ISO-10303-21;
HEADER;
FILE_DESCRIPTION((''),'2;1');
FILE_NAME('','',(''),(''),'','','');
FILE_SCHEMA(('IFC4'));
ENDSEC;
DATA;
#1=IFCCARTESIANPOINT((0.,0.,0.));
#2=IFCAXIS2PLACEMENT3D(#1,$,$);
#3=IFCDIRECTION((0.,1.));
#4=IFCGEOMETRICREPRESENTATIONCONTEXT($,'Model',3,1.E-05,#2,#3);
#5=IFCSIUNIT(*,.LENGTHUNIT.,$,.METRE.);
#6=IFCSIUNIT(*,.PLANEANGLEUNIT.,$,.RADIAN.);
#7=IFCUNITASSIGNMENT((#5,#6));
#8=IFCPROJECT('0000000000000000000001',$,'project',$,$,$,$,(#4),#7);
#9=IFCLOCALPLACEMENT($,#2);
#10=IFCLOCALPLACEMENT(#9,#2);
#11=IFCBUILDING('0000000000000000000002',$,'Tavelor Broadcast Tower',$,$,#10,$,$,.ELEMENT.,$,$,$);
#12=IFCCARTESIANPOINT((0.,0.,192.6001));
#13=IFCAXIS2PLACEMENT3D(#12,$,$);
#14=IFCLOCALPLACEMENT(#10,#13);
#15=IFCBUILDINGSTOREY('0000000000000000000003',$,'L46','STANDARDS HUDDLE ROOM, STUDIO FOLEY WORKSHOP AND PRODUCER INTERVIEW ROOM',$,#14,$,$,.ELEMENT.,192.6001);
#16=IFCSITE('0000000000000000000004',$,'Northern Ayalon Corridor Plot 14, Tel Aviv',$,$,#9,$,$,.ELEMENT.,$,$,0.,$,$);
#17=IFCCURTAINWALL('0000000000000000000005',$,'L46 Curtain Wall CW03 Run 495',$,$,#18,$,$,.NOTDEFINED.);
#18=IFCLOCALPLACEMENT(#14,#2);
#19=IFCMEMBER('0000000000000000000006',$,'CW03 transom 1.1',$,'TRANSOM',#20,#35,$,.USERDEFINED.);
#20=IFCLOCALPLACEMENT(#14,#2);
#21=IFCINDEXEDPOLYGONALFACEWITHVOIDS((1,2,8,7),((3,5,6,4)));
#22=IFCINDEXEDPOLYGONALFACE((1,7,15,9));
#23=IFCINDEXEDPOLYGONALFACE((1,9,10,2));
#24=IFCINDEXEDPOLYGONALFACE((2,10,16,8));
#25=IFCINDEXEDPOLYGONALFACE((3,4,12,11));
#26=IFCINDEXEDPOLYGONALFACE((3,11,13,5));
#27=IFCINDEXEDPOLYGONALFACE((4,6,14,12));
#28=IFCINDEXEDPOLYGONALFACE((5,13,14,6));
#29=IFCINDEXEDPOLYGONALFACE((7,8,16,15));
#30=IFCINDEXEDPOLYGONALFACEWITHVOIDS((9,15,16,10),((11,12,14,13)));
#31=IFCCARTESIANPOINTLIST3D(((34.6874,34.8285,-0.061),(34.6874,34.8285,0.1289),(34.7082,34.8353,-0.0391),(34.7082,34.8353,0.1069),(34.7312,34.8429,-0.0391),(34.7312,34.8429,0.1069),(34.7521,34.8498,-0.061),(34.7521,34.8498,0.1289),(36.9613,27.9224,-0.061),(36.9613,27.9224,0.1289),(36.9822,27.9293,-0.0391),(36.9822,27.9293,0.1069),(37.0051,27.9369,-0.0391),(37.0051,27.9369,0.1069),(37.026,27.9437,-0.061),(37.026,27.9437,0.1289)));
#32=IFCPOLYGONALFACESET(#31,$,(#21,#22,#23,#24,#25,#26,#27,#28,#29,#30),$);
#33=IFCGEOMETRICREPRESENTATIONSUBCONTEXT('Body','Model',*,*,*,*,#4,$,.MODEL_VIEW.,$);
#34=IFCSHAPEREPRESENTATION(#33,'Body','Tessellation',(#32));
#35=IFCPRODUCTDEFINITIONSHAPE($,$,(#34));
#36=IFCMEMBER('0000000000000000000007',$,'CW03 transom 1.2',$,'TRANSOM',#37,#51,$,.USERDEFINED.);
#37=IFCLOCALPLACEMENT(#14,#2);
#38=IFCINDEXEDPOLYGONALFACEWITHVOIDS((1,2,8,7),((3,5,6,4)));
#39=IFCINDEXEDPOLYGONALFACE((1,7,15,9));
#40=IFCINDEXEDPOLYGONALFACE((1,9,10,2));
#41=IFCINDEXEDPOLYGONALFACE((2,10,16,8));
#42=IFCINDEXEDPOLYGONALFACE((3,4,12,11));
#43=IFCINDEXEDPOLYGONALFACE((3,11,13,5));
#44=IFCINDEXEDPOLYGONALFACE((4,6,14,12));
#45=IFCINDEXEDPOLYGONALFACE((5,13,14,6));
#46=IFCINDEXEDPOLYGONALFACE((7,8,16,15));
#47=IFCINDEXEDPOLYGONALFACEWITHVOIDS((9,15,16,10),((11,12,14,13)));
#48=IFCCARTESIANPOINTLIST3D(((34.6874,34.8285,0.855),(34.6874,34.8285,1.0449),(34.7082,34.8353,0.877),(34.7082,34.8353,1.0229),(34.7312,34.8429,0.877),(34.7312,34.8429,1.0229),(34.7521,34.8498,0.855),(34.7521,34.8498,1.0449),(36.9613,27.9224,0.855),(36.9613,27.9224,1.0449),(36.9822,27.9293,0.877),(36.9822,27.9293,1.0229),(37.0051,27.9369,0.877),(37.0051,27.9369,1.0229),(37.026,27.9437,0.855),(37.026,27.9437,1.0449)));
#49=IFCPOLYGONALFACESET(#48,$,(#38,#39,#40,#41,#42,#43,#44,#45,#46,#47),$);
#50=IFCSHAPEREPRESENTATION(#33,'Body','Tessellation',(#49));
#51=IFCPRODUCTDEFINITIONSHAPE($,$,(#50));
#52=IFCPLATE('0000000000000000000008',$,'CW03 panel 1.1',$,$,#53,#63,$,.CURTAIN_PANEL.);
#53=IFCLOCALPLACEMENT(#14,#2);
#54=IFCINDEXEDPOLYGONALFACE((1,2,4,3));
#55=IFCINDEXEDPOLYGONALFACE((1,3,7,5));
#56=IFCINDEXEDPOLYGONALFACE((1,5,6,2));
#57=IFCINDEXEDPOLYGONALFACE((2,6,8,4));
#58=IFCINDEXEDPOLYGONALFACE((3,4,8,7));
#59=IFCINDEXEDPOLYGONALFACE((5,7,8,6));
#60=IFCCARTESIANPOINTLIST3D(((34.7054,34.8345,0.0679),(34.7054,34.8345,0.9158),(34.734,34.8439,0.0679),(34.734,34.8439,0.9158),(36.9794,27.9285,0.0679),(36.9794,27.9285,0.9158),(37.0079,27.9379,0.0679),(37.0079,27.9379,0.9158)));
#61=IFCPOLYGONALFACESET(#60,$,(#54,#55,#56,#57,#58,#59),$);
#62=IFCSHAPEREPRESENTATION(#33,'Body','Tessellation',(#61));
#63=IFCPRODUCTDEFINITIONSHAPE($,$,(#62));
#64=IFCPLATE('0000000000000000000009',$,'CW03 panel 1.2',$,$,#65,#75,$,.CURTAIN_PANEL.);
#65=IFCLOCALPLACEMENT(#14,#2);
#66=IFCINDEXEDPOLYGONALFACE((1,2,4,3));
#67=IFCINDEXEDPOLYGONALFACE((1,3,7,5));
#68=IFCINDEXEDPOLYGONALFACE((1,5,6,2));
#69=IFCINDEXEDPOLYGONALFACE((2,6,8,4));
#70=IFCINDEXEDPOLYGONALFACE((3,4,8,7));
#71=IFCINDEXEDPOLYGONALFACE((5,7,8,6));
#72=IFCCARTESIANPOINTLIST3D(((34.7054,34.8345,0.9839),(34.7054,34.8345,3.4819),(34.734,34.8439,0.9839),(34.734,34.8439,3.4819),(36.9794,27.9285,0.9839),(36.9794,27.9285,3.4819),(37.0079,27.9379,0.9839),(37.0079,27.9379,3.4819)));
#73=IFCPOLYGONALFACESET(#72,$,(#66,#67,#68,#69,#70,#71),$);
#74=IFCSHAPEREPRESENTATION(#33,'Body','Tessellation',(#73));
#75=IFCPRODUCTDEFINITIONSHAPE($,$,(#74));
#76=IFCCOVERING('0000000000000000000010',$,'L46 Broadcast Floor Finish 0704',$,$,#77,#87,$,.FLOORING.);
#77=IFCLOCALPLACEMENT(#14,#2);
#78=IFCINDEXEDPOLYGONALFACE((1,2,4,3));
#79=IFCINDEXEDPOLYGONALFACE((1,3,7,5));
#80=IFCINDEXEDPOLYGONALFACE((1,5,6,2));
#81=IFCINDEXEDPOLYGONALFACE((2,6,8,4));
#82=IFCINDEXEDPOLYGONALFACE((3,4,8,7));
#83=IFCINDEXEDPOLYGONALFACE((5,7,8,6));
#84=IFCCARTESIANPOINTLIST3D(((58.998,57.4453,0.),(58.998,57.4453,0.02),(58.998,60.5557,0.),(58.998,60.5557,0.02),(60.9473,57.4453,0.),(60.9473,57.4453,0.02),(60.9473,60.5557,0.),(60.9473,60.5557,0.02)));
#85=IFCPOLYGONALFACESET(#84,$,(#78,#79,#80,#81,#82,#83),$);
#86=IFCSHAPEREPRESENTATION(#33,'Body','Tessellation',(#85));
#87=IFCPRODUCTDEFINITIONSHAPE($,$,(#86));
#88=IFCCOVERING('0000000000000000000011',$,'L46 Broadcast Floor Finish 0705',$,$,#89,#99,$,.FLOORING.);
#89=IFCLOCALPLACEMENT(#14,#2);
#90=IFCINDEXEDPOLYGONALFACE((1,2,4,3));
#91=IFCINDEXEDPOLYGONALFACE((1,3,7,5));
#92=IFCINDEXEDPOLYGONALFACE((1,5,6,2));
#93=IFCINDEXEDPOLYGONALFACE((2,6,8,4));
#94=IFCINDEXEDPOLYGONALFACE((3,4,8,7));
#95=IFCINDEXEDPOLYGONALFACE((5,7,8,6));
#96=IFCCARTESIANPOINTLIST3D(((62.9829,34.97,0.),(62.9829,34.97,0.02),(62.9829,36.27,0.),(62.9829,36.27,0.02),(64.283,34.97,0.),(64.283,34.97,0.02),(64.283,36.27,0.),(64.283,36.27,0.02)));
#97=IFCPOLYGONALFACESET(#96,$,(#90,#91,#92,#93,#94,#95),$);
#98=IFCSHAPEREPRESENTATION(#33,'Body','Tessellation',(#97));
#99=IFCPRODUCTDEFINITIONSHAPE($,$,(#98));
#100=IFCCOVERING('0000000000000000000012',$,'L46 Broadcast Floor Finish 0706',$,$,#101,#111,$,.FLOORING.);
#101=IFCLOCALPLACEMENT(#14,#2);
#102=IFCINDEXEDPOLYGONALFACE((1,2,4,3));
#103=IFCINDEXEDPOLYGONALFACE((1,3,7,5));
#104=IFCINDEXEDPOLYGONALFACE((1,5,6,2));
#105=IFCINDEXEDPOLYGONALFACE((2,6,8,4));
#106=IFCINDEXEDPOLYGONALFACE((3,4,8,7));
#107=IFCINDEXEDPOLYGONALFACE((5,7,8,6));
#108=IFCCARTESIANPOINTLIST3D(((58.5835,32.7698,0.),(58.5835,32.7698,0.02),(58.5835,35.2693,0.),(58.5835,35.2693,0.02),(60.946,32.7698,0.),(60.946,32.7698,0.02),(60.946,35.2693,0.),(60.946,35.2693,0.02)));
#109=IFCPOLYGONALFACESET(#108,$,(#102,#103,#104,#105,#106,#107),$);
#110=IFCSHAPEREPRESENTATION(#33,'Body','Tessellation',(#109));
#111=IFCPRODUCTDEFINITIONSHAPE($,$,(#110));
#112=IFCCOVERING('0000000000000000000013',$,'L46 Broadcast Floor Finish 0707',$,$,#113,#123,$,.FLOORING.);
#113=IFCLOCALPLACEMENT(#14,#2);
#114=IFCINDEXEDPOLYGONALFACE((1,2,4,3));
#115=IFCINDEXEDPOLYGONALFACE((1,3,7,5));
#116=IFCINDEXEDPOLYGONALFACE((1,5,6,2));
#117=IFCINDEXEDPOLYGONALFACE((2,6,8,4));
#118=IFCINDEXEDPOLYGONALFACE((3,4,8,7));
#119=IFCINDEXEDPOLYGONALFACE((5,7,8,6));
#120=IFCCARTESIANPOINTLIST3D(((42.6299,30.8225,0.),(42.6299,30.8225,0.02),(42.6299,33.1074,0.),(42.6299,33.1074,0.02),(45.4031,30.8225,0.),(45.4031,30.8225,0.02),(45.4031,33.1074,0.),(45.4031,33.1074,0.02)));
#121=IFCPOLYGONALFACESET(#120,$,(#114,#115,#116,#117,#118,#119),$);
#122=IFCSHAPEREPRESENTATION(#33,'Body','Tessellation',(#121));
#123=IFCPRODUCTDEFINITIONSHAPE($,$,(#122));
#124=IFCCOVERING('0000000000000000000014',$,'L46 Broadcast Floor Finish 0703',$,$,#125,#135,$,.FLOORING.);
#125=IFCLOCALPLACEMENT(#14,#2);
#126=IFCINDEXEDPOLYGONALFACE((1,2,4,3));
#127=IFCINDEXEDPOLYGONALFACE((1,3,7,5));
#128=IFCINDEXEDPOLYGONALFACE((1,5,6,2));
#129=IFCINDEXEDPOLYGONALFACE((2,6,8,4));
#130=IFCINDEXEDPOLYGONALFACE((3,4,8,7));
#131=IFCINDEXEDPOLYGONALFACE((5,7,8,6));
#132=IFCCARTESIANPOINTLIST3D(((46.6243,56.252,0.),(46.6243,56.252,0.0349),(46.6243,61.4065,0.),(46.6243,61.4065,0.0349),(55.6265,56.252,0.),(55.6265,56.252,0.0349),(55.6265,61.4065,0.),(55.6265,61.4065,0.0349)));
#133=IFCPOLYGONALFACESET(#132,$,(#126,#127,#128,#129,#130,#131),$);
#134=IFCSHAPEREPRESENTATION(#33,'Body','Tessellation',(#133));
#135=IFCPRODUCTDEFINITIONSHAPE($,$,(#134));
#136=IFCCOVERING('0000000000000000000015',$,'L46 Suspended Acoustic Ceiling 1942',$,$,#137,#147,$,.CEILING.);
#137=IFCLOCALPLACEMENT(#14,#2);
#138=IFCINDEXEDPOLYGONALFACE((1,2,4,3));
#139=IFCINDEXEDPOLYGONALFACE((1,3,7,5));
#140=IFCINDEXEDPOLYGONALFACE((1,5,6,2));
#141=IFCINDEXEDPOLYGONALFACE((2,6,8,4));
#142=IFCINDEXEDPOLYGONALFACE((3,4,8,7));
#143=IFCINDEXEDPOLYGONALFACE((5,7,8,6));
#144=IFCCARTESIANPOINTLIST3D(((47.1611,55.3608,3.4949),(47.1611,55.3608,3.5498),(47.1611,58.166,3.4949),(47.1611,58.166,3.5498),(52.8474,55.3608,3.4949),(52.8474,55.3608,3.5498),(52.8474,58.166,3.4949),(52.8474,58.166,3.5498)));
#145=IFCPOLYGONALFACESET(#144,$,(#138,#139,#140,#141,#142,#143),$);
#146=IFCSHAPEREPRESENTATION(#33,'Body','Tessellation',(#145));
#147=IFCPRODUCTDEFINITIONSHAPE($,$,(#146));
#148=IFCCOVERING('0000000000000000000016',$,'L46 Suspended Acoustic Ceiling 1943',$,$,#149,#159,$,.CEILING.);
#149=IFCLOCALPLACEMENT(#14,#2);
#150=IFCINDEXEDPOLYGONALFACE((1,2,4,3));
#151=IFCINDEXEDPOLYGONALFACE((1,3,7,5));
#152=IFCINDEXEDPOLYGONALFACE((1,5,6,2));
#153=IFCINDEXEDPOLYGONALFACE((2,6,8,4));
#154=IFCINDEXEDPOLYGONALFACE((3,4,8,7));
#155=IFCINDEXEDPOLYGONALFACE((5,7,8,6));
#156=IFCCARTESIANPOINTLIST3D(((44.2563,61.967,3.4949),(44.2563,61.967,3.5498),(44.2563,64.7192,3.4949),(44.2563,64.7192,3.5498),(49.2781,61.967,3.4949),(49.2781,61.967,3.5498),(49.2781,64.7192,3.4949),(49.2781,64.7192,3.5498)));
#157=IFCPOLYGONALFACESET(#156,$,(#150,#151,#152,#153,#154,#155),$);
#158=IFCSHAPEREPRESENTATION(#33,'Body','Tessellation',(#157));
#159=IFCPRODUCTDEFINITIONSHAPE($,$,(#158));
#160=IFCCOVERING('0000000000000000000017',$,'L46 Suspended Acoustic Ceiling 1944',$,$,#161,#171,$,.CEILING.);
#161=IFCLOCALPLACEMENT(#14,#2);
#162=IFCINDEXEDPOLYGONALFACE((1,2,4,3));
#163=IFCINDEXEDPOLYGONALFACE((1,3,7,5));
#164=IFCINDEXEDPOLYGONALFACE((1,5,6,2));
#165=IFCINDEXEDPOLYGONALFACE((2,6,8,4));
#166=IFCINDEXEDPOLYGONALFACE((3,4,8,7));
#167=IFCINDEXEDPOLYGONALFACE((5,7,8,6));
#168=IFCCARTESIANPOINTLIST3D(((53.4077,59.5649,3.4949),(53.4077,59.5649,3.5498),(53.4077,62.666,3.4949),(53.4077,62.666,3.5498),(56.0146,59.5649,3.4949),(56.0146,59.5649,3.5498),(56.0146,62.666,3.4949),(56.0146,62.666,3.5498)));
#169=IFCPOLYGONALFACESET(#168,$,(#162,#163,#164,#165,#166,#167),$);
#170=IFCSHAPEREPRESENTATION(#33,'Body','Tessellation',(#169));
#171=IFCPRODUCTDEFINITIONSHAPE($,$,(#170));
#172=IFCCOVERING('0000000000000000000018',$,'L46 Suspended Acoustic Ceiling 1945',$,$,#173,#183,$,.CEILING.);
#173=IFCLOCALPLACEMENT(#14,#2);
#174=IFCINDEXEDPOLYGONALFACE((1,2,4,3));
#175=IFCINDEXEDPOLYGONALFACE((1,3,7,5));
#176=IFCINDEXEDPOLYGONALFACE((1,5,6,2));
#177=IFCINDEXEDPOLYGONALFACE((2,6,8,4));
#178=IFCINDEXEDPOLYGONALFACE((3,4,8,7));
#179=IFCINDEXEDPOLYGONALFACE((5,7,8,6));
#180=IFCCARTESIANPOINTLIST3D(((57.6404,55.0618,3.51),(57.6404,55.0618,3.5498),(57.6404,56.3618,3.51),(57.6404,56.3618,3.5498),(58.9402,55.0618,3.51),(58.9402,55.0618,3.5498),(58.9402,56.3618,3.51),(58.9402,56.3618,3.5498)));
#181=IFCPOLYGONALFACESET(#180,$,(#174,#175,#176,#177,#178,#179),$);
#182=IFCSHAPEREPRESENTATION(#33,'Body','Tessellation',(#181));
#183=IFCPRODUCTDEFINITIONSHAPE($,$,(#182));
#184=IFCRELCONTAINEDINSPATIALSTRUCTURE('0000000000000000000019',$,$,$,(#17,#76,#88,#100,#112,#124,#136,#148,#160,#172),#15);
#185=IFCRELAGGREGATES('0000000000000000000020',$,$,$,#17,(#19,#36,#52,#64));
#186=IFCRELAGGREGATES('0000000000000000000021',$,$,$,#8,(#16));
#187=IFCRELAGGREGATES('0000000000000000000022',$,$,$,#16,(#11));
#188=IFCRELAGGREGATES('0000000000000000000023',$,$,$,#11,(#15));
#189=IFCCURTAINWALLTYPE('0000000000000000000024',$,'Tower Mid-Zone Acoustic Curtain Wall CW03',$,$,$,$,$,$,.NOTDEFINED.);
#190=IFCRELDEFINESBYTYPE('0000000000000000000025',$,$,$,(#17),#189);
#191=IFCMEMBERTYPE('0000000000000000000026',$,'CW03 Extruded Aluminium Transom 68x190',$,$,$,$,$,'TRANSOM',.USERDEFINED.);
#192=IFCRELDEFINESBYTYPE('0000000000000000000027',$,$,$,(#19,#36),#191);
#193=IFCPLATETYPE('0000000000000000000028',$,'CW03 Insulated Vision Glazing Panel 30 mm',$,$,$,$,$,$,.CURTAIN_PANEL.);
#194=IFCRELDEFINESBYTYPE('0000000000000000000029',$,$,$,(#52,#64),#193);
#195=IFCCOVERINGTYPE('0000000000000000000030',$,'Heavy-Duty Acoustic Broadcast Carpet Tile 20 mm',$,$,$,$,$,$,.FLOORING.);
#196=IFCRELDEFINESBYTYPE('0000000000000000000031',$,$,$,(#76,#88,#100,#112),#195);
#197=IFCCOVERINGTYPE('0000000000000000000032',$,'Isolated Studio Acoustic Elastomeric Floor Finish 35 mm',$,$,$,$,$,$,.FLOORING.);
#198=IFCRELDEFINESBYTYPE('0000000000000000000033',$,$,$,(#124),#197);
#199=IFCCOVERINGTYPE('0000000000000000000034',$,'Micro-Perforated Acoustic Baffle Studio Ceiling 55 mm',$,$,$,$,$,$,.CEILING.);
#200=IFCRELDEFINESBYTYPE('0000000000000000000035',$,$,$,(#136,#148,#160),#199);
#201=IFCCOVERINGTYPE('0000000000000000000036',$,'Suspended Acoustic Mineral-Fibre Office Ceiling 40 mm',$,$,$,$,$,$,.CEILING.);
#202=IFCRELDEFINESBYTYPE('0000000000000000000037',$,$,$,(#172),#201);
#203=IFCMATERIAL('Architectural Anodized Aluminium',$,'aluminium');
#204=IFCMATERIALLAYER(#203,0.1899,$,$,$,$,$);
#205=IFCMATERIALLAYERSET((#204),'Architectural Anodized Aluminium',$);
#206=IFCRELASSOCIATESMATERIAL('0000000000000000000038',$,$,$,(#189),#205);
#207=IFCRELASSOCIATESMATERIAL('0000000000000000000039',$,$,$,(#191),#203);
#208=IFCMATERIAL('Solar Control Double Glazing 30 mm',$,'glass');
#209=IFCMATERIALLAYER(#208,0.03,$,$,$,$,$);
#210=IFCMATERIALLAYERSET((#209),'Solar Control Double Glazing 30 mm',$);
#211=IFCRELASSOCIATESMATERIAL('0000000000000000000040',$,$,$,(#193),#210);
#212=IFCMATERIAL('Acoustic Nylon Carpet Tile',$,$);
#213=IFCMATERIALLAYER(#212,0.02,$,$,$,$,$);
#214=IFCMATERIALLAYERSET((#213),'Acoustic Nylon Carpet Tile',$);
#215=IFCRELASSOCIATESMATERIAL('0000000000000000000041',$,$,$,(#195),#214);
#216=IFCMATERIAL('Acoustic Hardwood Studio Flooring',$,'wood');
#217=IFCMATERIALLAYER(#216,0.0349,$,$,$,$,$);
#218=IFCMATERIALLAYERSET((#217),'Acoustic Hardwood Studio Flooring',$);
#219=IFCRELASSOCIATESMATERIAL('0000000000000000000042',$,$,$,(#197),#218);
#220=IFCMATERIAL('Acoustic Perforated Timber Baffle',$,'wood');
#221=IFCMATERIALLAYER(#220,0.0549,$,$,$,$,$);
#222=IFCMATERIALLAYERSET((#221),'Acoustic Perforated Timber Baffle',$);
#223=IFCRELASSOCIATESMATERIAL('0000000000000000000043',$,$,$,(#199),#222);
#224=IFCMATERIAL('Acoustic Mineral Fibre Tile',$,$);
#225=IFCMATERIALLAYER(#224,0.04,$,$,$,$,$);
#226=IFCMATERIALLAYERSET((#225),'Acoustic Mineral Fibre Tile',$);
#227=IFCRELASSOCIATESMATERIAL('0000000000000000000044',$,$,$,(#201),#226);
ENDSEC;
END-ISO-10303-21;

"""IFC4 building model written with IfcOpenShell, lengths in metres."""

from ifc_helpers import new_model, si_unit, direction, frame, origin, origin_2d, place, context, subcontext, project, spatial, polyline, rectangle, hollow_rectangle, outline, extrude, source, transform, mapped, material, layer, layer_set, material_profile, profile_set, type_object, type_shapes, element, aggregate, save


model = new_model("IFC4")

# Units and contexts
model_context = context("Model", 3, precision=1e-05, world=origin(), true_north=direction((0.0, 1.0)))
body_context = subcontext(model_context, "Body", "Model", "MODEL_VIEW")
ifc_project = project(units=[si_unit("LENGTHUNIT", "METRE"), si_unit("PLANEANGLEUNIT", "RADIAN")], contexts=[model_context])

# Site, building, storey
site_placement = place(None, origin())
site = spatial("IfcSite", under=ifc_project, at=site_placement, Name="Northern Ayalon Corridor Plot 14, Tel Aviv", CompositionType="ELEMENT", RefElevation=0.0)
building_placement = place(site_placement, origin())
building = spatial("IfcBuilding", under=site, at=building_placement, Name="Tavelor Broadcast Tower", CompositionType="ELEMENT")
storey_placement = place(building_placement, frame((0.0, 0.0, 192.6001)))
storey = spatial("IfcBuildingStorey", under=building, at=storey_placement, Name="L46", Description="STANDARDS HUDDLE ROOM, STUDIO FOLEY WORKSHOP AND PRODUCER INTERVIEW ROOM", CompositionType="ELEMENT", Elevation=192.6001)

# Curtain wall, members, plates
ifc_material_1 = material(Name="Architectural Anodized Aluminium", Category="aluminium")
ifc_layer_1 = layer(ifc_material_1, 0.1899)
ifc_layer_set_1 = layer_set([ifc_layer_1], Name="Architectural Anodized Aluminium")
curtain_wall_type = type_object("IfcCurtainWallType", Name="Tower Mid-Zone Acoustic Curtain Wall CW03", PredefinedType="NOTDEFINED", material=ifc_layer_set_1)
curtain_wall_placement = place(storey_placement, origin())
curtain_wall = element("IfcCurtainWall", 1, at=curtain_wall_placement, inside=storey, type_object=curtain_wall_type, Name="L46 Curtain Wall CW03 Run 495", PredefinedType="NOTDEFINED")
ifc_material_profile = material_profile(ifc_material_1, hollow_rectangle(XDim=0.0681, YDim=0.1899, WallThickness=0.022, at=origin_2d()), Name="RHS 68x190x22")
ifc_profile_set = profile_set([ifc_material_profile], Name="Architectural Anodized Aluminium")
member_type = type_object("IfcMemberType", Name="CW03 Extruded Aluminium Transom 68x190", ElementType="TRANSOM", PredefinedType="USERDEFINED", material=ifc_profile_set)
shared_shape_1 = source(origin(), body_context, "Body", "SweptSolid", [
    extrude(hollow_rectangle(XDim=0.0681, YDim=0.1899, WallThickness=0.022, at=origin_2d()), origin(), (0.0, 0.0, 1.0), 7.2708),
])
type_shapes(member_type, [shared_shape_1])
member_1_placement = place(storey_placement, frame((34.7197, 34.8391, 0.0339), z_axis=(0.31275, -0.949835, 0.0), x_axis=(0.949835, 0.31275, 0.0)))
member_1 = element("IfcMember", 2, at=member_1_placement, type_object=member_type, Name="CW03 transom 1.1", ObjectType="TRANSOM", PredefinedType="USERDEFINED", context=body_context, shape_type="MappedRepresentation", body=[
    mapped(shared_shape_1, transform((0.0, 0.0, 0.0), scale=1.0)),
])
member_2_placement = place(storey_placement, frame((34.7197, 34.8391, 0.95), z_axis=(0.31275, -0.949835, 0.0), x_axis=(0.949835, 0.31275, 0.0)))
member_2 = element("IfcMember", 3, at=member_2_placement, type_object=member_type, Name="CW03 transom 1.2", ObjectType="TRANSOM", PredefinedType="USERDEFINED", context=body_context, shape_type="MappedRepresentation", body=[
    mapped(shared_shape_1, transform((0.0, 0.0, 0.0), scale=1.0)),
])
ifc_material_2 = material(Name="Solar Control Double Glazing 30 mm", Category="glass")
ifc_layer_2 = layer(ifc_material_2, 0.03)
ifc_layer_set_2 = layer_set([ifc_layer_2], Name="Solar Control Double Glazing 30 mm")
plate_type = type_object("IfcPlateType", Name="CW03 Insulated Vision Glazing Panel 30 mm", PredefinedType="CURTAIN_PANEL", material=ifc_layer_set_2)
shared_shape_2 = source(origin(), body_context, "Body", "SweptSolid", [
    extrude(rectangle(XDim=7.2708, YDim=0.03, at=origin_2d()), origin(), (0.0, 0.0, 1.0), 0.8479),
])
plate_1_placement = place(storey_placement, frame((35.8567, 31.3862, 0.0679), z_axis=(0.0, 0.0, 1.0), x_axis=(0.312759, -0.949833, 0.0)))
plate_1 = element("IfcPlate", 4, at=plate_1_placement, type_object=plate_type, Name="CW03 panel 1.1", PredefinedType="CURTAIN_PANEL", context=body_context, shape_type="MappedRepresentation", body=[
    mapped(shared_shape_2, transform((0.0, 0.0, 0.0), scale=1.0)),
])
shared_shape_3 = source(origin(), body_context, "Body", "SweptSolid", [
    extrude(rectangle(XDim=7.2708, YDim=0.03, at=origin_2d()), origin(), (0.0, 0.0, 1.0), 2.498),
])
type_shapes(plate_type, [shared_shape_2, shared_shape_3])
plate_2_placement = place(storey_placement, frame((35.8567, 31.3862, 0.9839), z_axis=(0.0, 0.0, 1.0), x_axis=(0.312759, -0.949833, 0.0)))
plate_2 = element("IfcPlate", 5, at=plate_2_placement, type_object=plate_type, Name="CW03 panel 1.2", PredefinedType="CURTAIN_PANEL", context=body_context, shape_type="MappedRepresentation", body=[
    mapped(shared_shape_3, transform((0.0, 0.0, 0.0), scale=1.0)),
])
aggregate(curtain_wall, [member_1, member_2, plate_1, plate_2])

# Coverings
ifc_material_3 = material(Name="Acoustic Nylon Carpet Tile")
ifc_layer_3 = layer(ifc_material_3, 0.02)
ifc_layer_set_3 = layer_set([ifc_layer_3], Name="Acoustic Nylon Carpet Tile")
covering_type_1 = type_object("IfcCoveringType", Name="Heavy-Duty Acoustic Broadcast Carpet Tile 20 mm", PredefinedType="FLOORING", material=ifc_layer_set_3)
covering_1_placement = place(storey_placement, origin())
element("IfcCovering", 6, at=covering_1_placement, inside=storey, type_object=covering_type_1, Name="L46 Broadcast Floor Finish 0704", PredefinedType="FLOORING", context=body_context, shape_type="SweptSolid", body=[
    extrude(outline(polyline([(58.998, 57.4453), (60.9473, 57.4453), (60.9473, 60.5557), (58.998, 60.5557), (58.998, 57.4453)])), origin(), (0.0, 0.0, 1.0), 0.02),
])
covering_2_placement = place(storey_placement, origin())
element("IfcCovering", 7, at=covering_2_placement, inside=storey, type_object=covering_type_1, Name="L46 Broadcast Floor Finish 0705", PredefinedType="FLOORING", context=body_context, shape_type="SweptSolid", body=[
    extrude(outline(polyline([(62.9829, 34.97), (64.283, 34.97), (64.283, 36.27), (62.9829, 36.27), (62.9829, 34.97)])), origin(), (0.0, 0.0, 1.0), 0.02),
])
covering_3_placement = place(storey_placement, origin())
element("IfcCovering", 8, at=covering_3_placement, inside=storey, type_object=covering_type_1, Name="L46 Broadcast Floor Finish 0706", PredefinedType="FLOORING", context=body_context, shape_type="SweptSolid", body=[
    extrude(outline(polyline([(58.5835, 32.7698), (60.946, 32.7698), (60.946, 35.2693), (58.5835, 35.2693), (58.5835, 32.7698)])), origin(), (0.0, 0.0, 1.0), 0.02),
])
covering_4_placement = place(storey_placement, origin())
element("IfcCovering", 9, at=covering_4_placement, inside=storey, type_object=covering_type_1, Name="L46 Broadcast Floor Finish 0707", PredefinedType="FLOORING", context=body_context, shape_type="SweptSolid", body=[
    extrude(outline(polyline([(42.6299, 30.8225), (45.4031, 30.8225), (45.4031, 33.1074), (42.6299, 33.1074), (42.6299, 30.8225)])), origin(), (0.0, 0.0, 1.0), 0.02),
])
ifc_material_4 = material(Name="Acoustic Hardwood Studio Flooring", Category="wood")
ifc_layer_4 = layer(ifc_material_4, 0.0349)
ifc_layer_set_4 = layer_set([ifc_layer_4], Name="Acoustic Hardwood Studio Flooring")
covering_type_2 = type_object("IfcCoveringType", Name="Isolated Studio Acoustic Elastomeric Floor Finish 35 mm", PredefinedType="FLOORING", material=ifc_layer_set_4)
covering_5_placement = place(storey_placement, origin())
element("IfcCovering", 10, at=covering_5_placement, inside=storey, type_object=covering_type_2, Name="L46 Broadcast Floor Finish 0703", PredefinedType="FLOORING", context=body_context, shape_type="SweptSolid", body=[
    extrude(outline(polyline([(46.6243, 56.252), (55.6265, 56.252), (55.6265, 61.4065), (46.6243, 61.4065), (46.6243, 56.252)])), origin(), (0.0, 0.0, 1.0), 0.0349),
])
ifc_material_5 = material(Name="Acoustic Perforated Timber Baffle", Category="wood")
ifc_layer_5 = layer(ifc_material_5, 0.0549)
ifc_layer_set_5 = layer_set([ifc_layer_5], Name="Acoustic Perforated Timber Baffle")
covering_type_3 = type_object("IfcCoveringType", Name="Micro-Perforated Acoustic Baffle Studio Ceiling 55 mm", PredefinedType="CEILING", material=ifc_layer_set_5)
covering_6_placement = place(storey_placement, frame((0.0, 0.0, 3.4949)))
element("IfcCovering", 11, at=covering_6_placement, inside=storey, type_object=covering_type_3, Name="L46 Suspended Acoustic Ceiling 1942", PredefinedType="CEILING", context=body_context, shape_type="SweptSolid", body=[
    extrude(outline(polyline([(47.1611, 55.3608), (52.8474, 55.3608), (52.8474, 58.166), (47.1611, 58.166), (47.1611, 55.3608)])), origin(), (0.0, 0.0, 1.0), 0.0549),
])
covering_7_placement = place(storey_placement, frame((0.0, 0.0, 3.4949)))
element("IfcCovering", 12, at=covering_7_placement, inside=storey, type_object=covering_type_3, Name="L46 Suspended Acoustic Ceiling 1943", PredefinedType="CEILING", context=body_context, shape_type="SweptSolid", body=[
    extrude(outline(polyline([(44.2563, 61.967), (49.2781, 61.967), (49.2781, 64.7192), (44.2563, 64.7192), (44.2563, 61.967)])), origin(), (0.0, 0.0, 1.0), 0.0549),
])
covering_8_placement = place(storey_placement, frame((0.0, 0.0, 3.4949)))
element("IfcCovering", 13, at=covering_8_placement, inside=storey, type_object=covering_type_3, Name="L46 Suspended Acoustic Ceiling 1944", PredefinedType="CEILING", context=body_context, shape_type="SweptSolid", body=[
    extrude(outline(polyline([(53.4077, 59.5649), (56.0146, 59.5649), (56.0146, 62.666), (53.4077, 62.666), (53.4077, 59.5649)])), origin(), (0.0, 0.0, 1.0), 0.0549),
])
ifc_material_6 = material(Name="Acoustic Mineral Fibre Tile")
ifc_layer_6 = layer(ifc_material_6, 0.04)
ifc_layer_set_6 = layer_set([ifc_layer_6], Name="Acoustic Mineral Fibre Tile")
covering_type_4 = type_object("IfcCoveringType", Name="Suspended Acoustic Mineral-Fibre Office Ceiling 40 mm", PredefinedType="CEILING", material=ifc_layer_set_6)
covering_9_placement = place(storey_placement, frame((0.0, 0.0, 3.51)))
element("IfcCovering", 14, at=covering_9_placement, inside=storey, type_object=covering_type_4, Name="L46 Suspended Acoustic Ceiling 1945", PredefinedType="CEILING", context=body_context, shape_type="SweptSolid", body=[
    extrude(outline(polyline([(57.6404, 55.0618), (58.9402, 55.0618), (58.9402, 56.3618), (57.6404, 56.3618), (57.6404, 55.0618)])), origin(), (0.0, 0.0, 1.0), 0.0398),
])

save(model, "model.ifc")
